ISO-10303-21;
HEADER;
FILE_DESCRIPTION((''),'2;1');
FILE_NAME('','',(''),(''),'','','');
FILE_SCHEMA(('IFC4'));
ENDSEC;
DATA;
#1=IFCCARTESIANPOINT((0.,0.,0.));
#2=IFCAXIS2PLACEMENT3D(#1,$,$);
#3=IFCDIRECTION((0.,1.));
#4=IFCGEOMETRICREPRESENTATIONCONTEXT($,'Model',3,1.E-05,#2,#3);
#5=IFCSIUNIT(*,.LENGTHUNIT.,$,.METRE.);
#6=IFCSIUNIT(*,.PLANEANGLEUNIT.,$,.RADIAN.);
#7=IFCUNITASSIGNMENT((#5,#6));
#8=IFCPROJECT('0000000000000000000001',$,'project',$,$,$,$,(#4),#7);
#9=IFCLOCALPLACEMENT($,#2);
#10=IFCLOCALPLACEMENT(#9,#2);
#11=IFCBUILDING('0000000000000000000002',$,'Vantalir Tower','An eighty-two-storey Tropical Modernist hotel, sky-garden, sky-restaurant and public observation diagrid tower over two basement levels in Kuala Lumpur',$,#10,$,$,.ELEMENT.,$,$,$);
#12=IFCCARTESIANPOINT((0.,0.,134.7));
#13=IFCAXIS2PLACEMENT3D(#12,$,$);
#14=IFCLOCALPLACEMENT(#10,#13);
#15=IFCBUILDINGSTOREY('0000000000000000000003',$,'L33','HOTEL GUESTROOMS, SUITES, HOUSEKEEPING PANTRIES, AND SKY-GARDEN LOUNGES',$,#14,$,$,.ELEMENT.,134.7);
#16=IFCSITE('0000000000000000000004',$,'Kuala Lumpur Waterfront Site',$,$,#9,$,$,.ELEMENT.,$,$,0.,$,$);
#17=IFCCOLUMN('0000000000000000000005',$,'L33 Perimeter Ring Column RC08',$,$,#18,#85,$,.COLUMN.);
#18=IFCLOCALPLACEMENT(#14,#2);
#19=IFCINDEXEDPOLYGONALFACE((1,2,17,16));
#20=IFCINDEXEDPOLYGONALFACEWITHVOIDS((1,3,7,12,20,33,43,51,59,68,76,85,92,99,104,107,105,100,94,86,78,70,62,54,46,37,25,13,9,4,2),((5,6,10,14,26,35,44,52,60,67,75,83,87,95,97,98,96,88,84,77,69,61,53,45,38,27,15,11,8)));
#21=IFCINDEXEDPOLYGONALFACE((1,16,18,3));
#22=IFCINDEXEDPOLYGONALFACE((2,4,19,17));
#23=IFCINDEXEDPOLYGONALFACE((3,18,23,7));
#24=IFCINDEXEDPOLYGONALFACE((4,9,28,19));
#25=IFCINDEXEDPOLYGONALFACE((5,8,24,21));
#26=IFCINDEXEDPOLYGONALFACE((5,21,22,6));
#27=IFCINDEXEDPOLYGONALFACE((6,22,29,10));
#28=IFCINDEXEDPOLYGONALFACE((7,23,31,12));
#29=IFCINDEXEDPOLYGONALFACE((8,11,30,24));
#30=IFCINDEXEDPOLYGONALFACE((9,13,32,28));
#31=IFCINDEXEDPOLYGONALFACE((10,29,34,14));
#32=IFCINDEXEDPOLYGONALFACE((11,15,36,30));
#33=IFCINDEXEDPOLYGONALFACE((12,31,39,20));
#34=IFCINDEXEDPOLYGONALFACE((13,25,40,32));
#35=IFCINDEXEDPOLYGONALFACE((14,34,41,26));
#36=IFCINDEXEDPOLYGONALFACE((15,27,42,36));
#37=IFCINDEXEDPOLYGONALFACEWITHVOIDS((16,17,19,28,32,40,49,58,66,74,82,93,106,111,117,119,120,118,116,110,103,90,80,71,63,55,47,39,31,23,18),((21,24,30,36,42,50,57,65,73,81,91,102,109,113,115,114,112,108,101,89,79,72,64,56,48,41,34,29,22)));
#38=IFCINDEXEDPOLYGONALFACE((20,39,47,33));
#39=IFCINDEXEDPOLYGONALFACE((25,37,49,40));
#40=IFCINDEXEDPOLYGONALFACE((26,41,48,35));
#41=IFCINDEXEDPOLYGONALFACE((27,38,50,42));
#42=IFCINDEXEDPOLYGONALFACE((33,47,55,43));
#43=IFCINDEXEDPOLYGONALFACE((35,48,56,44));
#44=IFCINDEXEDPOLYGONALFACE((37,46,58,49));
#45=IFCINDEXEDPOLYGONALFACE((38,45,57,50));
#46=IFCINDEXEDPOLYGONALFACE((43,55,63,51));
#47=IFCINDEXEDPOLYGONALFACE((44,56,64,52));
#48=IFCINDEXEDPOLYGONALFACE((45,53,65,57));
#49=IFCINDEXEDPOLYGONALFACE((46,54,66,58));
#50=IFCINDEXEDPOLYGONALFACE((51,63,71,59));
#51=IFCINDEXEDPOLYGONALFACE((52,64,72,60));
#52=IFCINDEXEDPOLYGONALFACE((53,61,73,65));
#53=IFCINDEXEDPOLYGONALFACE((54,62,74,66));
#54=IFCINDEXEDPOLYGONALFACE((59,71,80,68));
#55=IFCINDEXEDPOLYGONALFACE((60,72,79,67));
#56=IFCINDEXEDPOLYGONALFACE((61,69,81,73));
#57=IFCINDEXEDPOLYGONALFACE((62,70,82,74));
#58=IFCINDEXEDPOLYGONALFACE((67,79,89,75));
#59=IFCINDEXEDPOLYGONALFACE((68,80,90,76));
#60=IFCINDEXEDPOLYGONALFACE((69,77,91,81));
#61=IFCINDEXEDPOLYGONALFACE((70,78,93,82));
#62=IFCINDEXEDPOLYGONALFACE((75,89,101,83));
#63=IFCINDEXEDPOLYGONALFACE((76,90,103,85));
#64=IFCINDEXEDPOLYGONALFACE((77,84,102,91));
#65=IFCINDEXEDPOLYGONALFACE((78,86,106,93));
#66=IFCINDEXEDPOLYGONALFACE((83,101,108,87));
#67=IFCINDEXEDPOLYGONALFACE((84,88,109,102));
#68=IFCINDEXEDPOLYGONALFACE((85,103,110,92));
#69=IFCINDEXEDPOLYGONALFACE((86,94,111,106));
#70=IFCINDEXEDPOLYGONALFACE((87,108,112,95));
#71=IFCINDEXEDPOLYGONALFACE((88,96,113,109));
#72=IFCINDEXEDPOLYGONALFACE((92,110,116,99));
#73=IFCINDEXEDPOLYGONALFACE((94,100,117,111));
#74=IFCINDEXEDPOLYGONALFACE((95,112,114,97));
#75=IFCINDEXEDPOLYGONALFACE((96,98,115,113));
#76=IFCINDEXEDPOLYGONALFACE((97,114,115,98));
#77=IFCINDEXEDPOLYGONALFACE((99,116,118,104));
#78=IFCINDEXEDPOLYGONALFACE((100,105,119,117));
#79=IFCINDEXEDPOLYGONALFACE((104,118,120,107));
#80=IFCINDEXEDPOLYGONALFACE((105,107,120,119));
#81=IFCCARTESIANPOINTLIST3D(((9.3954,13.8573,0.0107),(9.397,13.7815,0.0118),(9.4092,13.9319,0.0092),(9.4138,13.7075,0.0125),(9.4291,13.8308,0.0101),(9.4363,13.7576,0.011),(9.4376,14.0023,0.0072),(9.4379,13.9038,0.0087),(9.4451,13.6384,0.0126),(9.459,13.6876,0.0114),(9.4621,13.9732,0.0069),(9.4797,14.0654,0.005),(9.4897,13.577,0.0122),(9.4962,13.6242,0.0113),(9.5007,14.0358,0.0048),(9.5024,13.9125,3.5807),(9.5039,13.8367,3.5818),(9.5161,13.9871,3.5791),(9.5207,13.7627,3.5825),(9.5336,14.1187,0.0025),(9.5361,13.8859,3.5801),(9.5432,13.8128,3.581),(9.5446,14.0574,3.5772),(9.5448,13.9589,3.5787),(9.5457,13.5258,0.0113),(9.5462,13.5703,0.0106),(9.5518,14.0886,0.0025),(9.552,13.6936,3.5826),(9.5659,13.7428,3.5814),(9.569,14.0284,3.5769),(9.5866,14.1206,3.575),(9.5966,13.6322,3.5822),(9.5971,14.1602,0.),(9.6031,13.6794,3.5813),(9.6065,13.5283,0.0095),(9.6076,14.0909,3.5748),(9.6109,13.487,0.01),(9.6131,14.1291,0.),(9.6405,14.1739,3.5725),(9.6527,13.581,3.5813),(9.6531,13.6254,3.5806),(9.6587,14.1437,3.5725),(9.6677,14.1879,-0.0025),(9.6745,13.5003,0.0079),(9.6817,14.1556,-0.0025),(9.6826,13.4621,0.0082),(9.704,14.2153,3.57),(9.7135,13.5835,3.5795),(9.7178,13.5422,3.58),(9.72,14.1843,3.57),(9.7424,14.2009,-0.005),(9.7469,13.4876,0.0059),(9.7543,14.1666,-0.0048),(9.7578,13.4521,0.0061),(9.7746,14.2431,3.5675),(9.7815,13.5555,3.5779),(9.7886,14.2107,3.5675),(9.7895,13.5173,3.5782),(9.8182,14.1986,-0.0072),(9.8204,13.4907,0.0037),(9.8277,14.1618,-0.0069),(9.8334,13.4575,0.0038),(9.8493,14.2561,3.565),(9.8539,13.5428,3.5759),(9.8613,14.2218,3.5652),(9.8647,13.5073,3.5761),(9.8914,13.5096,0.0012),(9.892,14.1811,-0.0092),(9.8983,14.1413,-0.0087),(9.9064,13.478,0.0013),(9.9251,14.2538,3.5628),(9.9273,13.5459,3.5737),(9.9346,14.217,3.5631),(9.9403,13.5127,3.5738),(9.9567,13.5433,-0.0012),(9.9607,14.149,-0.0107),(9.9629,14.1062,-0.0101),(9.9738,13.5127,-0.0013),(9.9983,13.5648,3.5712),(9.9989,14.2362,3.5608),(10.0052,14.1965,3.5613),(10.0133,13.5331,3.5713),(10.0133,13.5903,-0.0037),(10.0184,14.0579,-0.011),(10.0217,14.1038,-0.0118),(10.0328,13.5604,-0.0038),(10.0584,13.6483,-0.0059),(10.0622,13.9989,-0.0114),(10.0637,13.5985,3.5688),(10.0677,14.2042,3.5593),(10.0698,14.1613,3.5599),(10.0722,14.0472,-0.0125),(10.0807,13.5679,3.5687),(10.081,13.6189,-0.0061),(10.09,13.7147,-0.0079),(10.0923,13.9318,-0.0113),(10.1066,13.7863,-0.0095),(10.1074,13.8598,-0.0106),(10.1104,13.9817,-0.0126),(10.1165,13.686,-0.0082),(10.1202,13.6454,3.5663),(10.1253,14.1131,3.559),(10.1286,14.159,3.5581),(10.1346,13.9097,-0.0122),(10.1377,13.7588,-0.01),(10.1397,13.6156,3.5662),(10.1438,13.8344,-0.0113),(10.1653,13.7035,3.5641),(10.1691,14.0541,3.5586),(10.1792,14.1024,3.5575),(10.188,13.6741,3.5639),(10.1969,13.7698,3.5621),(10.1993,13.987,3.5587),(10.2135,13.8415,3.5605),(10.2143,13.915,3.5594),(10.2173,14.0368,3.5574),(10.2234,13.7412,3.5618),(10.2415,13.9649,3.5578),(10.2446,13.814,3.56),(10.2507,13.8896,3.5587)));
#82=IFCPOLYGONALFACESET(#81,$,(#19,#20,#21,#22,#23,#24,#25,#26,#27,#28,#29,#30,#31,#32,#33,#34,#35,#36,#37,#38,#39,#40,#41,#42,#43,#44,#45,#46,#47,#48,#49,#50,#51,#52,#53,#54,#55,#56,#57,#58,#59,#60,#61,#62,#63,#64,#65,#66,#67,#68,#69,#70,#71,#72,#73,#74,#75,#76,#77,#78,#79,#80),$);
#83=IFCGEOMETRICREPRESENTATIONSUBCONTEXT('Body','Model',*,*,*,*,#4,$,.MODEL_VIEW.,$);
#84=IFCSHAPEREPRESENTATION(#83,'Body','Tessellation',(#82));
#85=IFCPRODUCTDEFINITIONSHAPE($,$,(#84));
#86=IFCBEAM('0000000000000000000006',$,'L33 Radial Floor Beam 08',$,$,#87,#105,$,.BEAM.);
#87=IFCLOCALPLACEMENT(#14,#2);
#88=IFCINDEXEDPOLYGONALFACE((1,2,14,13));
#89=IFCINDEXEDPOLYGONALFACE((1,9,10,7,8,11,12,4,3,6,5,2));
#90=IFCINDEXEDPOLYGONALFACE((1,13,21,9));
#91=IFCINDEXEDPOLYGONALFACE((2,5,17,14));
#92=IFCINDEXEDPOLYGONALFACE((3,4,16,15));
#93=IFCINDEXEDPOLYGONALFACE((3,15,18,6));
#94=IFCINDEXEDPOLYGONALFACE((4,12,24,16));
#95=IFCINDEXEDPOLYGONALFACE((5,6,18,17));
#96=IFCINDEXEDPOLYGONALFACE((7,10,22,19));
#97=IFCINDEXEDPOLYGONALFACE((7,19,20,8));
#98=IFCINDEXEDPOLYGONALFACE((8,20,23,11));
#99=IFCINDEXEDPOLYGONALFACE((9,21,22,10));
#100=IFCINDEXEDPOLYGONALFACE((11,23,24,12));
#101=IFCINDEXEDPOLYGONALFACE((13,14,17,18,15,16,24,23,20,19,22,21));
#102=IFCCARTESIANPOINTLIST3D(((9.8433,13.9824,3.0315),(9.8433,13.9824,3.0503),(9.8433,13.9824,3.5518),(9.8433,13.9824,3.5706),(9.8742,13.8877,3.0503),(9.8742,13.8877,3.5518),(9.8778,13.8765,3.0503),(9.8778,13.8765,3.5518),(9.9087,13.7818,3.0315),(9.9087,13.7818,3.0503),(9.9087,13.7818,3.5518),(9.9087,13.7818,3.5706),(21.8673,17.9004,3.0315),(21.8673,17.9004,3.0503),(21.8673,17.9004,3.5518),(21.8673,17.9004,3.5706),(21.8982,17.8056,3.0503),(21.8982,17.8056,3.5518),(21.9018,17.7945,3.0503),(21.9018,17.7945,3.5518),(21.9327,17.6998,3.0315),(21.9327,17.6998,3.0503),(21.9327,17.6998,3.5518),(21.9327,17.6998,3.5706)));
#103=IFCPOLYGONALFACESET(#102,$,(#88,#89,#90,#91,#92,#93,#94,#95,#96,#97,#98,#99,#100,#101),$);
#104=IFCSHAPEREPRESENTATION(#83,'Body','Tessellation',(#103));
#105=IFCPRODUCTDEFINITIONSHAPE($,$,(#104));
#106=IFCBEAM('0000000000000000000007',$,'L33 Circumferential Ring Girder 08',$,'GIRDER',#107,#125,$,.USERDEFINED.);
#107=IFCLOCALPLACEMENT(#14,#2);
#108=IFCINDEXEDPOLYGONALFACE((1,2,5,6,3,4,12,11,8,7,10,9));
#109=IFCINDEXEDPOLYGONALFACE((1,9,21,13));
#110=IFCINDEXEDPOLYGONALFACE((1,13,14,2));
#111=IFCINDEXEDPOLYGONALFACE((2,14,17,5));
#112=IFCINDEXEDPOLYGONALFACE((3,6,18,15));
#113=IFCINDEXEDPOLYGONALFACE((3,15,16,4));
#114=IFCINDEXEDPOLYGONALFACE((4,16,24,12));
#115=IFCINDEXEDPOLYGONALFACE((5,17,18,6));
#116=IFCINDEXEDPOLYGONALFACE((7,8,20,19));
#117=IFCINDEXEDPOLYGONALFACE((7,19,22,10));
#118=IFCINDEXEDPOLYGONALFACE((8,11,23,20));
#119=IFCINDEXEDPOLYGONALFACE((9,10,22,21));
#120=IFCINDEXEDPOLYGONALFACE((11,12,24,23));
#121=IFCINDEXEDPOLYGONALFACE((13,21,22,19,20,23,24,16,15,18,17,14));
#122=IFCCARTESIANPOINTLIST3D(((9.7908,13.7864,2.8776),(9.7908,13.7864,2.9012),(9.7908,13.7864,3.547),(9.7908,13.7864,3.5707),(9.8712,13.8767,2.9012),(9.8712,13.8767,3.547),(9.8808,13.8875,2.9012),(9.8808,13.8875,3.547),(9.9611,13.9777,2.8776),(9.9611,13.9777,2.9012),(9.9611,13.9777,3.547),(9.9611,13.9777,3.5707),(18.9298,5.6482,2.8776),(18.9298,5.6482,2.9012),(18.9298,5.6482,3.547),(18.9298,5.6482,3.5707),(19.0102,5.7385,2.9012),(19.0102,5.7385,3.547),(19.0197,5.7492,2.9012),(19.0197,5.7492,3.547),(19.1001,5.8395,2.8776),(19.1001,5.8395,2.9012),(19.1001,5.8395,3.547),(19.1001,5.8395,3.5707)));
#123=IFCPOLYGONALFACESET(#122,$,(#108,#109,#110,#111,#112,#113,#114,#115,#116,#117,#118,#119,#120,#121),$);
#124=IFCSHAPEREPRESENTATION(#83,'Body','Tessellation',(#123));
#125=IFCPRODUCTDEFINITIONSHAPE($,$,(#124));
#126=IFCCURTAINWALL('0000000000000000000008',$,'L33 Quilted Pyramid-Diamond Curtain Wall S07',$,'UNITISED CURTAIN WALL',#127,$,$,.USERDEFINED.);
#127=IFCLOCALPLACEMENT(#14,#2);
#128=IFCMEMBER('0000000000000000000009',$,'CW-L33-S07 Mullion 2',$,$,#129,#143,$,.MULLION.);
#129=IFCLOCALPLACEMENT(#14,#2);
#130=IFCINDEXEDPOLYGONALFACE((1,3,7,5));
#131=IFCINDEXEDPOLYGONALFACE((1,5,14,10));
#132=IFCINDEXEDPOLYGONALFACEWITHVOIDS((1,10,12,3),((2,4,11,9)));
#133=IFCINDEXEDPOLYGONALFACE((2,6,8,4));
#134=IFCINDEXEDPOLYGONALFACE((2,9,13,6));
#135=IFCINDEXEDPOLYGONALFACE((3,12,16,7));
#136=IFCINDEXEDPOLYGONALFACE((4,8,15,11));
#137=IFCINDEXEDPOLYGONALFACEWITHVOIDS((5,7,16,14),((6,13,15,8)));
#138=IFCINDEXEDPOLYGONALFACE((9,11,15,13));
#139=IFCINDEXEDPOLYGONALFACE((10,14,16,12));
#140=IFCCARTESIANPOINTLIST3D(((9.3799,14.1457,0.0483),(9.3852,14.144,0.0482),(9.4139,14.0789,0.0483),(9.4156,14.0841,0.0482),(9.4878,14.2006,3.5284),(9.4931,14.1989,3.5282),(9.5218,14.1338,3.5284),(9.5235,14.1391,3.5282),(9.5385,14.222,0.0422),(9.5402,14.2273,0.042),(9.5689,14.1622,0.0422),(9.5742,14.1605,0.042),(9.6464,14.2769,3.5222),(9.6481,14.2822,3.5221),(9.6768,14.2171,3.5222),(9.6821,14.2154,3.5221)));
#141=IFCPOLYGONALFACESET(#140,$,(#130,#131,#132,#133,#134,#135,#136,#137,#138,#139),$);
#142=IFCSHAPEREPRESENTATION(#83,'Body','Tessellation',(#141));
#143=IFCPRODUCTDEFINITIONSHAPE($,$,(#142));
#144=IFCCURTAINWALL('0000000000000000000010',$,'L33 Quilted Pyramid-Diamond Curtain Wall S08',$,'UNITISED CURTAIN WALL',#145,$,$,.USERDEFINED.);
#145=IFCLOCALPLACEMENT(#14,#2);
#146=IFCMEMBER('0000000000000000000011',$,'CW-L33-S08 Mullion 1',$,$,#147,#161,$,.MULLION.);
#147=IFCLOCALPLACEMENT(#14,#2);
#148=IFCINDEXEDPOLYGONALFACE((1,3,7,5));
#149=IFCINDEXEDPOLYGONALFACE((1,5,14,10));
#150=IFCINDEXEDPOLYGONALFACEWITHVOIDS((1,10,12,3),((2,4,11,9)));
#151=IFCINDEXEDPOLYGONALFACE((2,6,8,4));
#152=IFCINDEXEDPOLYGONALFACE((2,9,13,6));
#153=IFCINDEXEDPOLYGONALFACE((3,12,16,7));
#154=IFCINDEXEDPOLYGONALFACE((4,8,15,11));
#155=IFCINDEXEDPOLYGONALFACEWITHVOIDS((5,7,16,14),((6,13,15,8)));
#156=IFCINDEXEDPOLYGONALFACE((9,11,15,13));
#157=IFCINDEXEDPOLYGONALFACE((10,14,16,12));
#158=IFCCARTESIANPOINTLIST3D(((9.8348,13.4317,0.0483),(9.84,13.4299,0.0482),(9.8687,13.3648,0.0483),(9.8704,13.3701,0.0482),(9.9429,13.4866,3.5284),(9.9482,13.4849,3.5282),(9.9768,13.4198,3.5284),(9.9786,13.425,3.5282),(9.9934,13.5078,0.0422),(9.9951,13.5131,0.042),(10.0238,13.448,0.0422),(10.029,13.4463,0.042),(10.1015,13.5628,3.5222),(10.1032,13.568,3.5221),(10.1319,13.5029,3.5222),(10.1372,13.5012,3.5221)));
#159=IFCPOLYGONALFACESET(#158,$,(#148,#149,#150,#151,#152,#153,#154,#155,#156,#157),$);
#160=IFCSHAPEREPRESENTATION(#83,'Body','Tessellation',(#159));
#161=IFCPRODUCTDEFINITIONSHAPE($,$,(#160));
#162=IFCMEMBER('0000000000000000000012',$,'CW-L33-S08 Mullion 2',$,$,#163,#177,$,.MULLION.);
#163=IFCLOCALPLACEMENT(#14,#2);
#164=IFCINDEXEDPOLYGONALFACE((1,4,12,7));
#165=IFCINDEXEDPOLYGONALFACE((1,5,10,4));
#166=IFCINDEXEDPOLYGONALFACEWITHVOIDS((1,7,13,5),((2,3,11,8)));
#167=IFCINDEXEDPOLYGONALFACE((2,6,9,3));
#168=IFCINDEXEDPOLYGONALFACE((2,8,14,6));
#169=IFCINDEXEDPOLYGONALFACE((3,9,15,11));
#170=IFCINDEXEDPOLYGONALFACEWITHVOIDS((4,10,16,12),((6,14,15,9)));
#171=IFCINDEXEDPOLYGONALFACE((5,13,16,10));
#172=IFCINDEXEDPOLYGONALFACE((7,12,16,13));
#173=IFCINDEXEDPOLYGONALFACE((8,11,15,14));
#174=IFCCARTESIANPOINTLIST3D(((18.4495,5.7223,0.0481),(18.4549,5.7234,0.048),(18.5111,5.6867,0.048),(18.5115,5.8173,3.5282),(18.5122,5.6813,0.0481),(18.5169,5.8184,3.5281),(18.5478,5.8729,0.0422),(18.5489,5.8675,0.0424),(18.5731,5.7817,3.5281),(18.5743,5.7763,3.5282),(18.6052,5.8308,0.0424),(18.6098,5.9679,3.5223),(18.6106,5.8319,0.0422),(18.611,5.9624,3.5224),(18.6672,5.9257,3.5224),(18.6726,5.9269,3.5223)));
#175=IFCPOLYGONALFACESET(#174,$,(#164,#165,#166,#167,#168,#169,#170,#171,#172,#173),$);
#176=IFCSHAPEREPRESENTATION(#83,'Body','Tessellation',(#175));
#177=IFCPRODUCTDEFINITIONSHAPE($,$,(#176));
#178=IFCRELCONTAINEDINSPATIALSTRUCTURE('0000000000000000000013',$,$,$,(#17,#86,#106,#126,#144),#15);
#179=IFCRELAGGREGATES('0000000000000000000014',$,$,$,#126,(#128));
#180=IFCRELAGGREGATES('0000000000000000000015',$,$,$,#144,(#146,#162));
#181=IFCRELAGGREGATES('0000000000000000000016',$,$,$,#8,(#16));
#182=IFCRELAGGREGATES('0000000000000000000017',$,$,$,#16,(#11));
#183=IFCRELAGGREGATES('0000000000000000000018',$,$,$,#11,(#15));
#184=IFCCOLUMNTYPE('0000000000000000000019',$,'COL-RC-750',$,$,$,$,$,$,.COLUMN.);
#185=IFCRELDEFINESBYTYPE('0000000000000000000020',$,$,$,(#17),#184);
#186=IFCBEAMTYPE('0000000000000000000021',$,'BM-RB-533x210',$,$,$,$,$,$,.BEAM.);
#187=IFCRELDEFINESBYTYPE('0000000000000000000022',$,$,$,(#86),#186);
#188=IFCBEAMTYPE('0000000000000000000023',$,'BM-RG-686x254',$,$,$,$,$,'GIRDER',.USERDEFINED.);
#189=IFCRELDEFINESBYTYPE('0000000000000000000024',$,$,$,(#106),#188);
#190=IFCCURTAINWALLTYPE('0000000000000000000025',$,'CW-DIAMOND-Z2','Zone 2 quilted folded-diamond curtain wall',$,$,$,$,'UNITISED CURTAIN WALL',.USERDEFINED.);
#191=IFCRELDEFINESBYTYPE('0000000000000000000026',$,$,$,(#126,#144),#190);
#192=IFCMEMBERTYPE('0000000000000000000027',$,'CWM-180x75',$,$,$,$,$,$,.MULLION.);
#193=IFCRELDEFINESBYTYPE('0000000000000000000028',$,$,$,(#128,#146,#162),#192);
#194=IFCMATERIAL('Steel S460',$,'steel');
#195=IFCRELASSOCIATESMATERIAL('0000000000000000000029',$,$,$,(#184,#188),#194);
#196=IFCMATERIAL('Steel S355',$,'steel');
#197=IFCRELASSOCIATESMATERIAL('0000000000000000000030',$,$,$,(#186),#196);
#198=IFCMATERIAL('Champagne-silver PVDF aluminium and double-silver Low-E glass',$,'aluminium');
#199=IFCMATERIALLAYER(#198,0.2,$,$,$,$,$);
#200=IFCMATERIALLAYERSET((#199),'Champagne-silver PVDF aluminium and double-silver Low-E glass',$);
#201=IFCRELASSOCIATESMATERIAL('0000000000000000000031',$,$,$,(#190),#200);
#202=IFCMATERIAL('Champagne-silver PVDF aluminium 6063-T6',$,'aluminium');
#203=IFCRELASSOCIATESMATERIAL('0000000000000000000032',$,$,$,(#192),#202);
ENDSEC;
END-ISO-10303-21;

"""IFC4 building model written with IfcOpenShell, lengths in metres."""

from ifc_helpers import new_model, si_unit, direction, frame, origin, origin_2d, place, context, subcontext, project, spatial, hollow_rectangle, hollow_circle, i_section, extrude, material, layer, layer_set, material_profile, profile_set, type_object, element, aggregate, save


model = new_model("IFC4")

# Units and contexts
model_context = context("Model", 3, precision=1e-05, world=origin(), true_north=direction((0.0, 1.0)))
body_context = subcontext(model_context, "Body", "Model", "MODEL_VIEW")
ifc_project = project(units=[si_unit("LENGTHUNIT", "METRE"), si_unit("PLANEANGLEUNIT", "RADIAN")], contexts=[model_context])

# Site, building, storey
site_placement = place(None, origin())
site = spatial("IfcSite", under=ifc_project, at=site_placement, Name="Kuala Lumpur Waterfront Site", CompositionType="ELEMENT", RefElevation=0.0)
building_placement = place(site_placement, origin())
building = spatial("IfcBuilding", under=site, at=building_placement, Name="Vantalir Tower", Description="An eighty-two-storey Tropical Modernist hotel, sky-garden, sky-restaurant and public observation diagrid tower over two basement levels in Kuala Lumpur", CompositionType="ELEMENT")
storey_placement = place(building_placement, frame((0.0, 0.0, 134.7)))
storey = spatial("IfcBuildingStorey", under=building, at=storey_placement, Name="L33", Description="HOTEL GUESTROOMS, SUITES, HOUSEKEEPING PANTRIES, AND SKY-GARDEN LOUNGES", CompositionType="ELEMENT", Elevation=134.7)

# Column
ifc_material_1 = material(Name="Steel S460", Category="steel")
ifc_material_profile_1 = material_profile(ifc_material_1, hollow_circle(Radius=0.375, WallThickness=0.0349, at=origin_2d()), Name="Steel S460")
ifc_profile_set_1 = profile_set([ifc_material_profile_1], Name="Steel S460")
column_type = type_object("IfcColumnType", Name="COL-RC-750", PredefinedType="COLUMN", material=ifc_profile_set_1)
column_placement = place(storey_placement, frame((9.769, 13.8269, 0.0), z_axis=(0.029936, 0.015446, 0.999432), x_axis=(-0.45854, 0.888674, 0.0)))
element("IfcColumn", 1, at=column_placement, inside=storey, type_object=column_type, Name="L33 Perimeter Ring Column RC08", PredefinedType="COLUMN", context=body_context, shape_type="SweptSolid", body=[
    extrude(hollow_circle(Radius=0.375, WallThickness=0.0349, at=origin_2d()), origin(), (0.0, 0.0, 1.0), 3.572),
])

# Beams
ifc_material_2 = material(Name="Steel S355", Category="steel")
ifc_material_profile_2 = material_profile(ifc_material_2, i_section(OverallWidth=0.2109, OverallDepth=0.5391, WebThickness=0.0117, FlangeThickness=0.0188, at=origin_2d()), Name="Steel S355")
ifc_profile_set_2 = profile_set([ifc_material_profile_2], Name="Steel S355")
beam_type_1 = type_object("IfcBeamType", Name="BM-RB-533x210", PredefinedType="BEAM", material=ifc_profile_set_2)
beam_1_placement = place(storey_placement, frame((9.876, 13.8821, 3.301), z_axis=(0.950797, 0.309815, 0.0), x_axis=(-0.309815, 0.950797, 0.0)))
element("IfcBeam", 2, at=beam_1_placement, inside=storey, type_object=beam_type_1, Name="L33 Radial Floor Beam 08", PredefinedType="BEAM", context=body_context, shape_type="SweptSolid", body=[
    extrude(i_section(OverallWidth=0.2109, OverallDepth=0.5391, WebThickness=0.0117, FlangeThickness=0.0188, at=origin_2d()), origin(), (0.0, 0.0, 1.0), 12.6462),
])
ifc_material_profile_3 = material_profile(ifc_material_1, i_section(OverallWidth=0.2561, OverallDepth=0.6931, WebThickness=0.0144, FlangeThickness=0.0237, at=origin_2d()), Name="Steel S460")
ifc_profile_set_3 = profile_set([ifc_material_profile_3], Name="Steel S460")
beam_type_2 = type_object("IfcBeamType", Name="BM-RG-686x254", ElementType="GIRDER", PredefinedType="USERDEFINED", material=ifc_profile_set_3)
beam_2_placement = place(storey_placement, frame((9.876, 13.8821, 3.2241), z_axis=(0.746812, -0.665035, 0.0), x_axis=(0.665035, 0.746812, 0.0)))
element("IfcBeam", 3, at=beam_2_placement, inside=storey, type_object=beam_type_2, Name="L33 Circumferential Ring Girder 08", ObjectType="GIRDER", PredefinedType="USERDEFINED", context=body_context, shape_type="SweptSolid", body=[
    extrude(i_section(OverallWidth=0.2561, OverallDepth=0.6931, WebThickness=0.0144, FlangeThickness=0.0237, at=origin_2d()), origin(), (0.0, 0.0, 1.0), 12.2373),
])

# Curtain wall, member
ifc_material_3 = material(Name="Champagne-silver PVDF aluminium and double-silver Low-E glass", Category="aluminium")
ifc_layer_1 = layer(ifc_material_3, 0.2)
ifc_layer_set_1 = layer_set([ifc_layer_1], Name="Champagne-silver PVDF aluminium and double-silver Low-E glass")
curtain_wall_type = type_object("IfcCurtainWallType", Name="CW-DIAMOND-Z2", Description="Zone 2 quilted folded-diamond curtain wall", ElementType="UNITISED CURTAIN WALL", PredefinedType="USERDEFINED", material=ifc_layer_set_1)
curtain_wall_1_placement = place(storey_placement, origin())
curtain_wall_1 = element("IfcCurtainWall", 4, at=curtain_wall_1_placement, inside=storey, type_object=curtain_wall_type, Name="L33 Quilted Pyramid-Diamond Curtain Wall S07", ObjectType="UNITISED CURTAIN WALL", PredefinedType="USERDEFINED")
ifc_material_4 = material(Name="Champagne-silver PVDF aluminium 6063-T6", Category="aluminium")
ifc_material_profile_4 = material_profile(ifc_material_4, hollow_rectangle(XDim=0.075, YDim=0.1799, WallThickness=0.0039, at=origin_2d()), Name="Champagne-silver PVDF aluminium 6063-T6")
ifc_profile_set_4 = profile_set([ifc_material_profile_4], Name="Champagne-silver PVDF aluminium 6063-T6")
member_type_1 = type_object("IfcMemberType", Name="CWM-180x75", PredefinedType="MULLION", material=ifc_profile_set_4)
member_1_placement = place(storey_placement, frame((9.4771, 14.1531, 0.0452), z_axis=(0.03099, 0.015775, 0.999395), x_axis=(-0.453654, 0.891178, 0.0)))
member_1 = element("IfcMember", 5, at=member_1_placement, type_object=member_type_1, Name="CW-L33-S07 Mullion 2", PredefinedType="MULLION", context=body_context, shape_type="SweptSolid", body=[
    extrude(hollow_rectangle(XDim=0.075, YDim=0.1799, WallThickness=0.0039, at=origin_2d()), origin(), (0.0, 0.0, 1.0), 3.4822),
])

# Curtain wall, members
curtain_wall_2_placement = place(storey_placement, origin())
curtain_wall_2 = element("IfcCurtainWall", 6, at=curtain_wall_2_placement, inside=storey, type_object=curtain_wall_type, Name="L33 Quilted Pyramid-Diamond Curtain Wall S08", ObjectType="UNITISED CURTAIN WALL", PredefinedType="USERDEFINED")
member_2_placement = place(storey_placement, frame((9.9319, 13.439, 0.0452), z_axis=(0.03106, 0.015775, 0.999393), x_axis=(-0.45284, 0.891592, 0.0)))
member_2 = element("IfcMember", 7, at=member_2_placement, type_object=member_type_1, Name="CW-L33-S08 Mullion 1", PredefinedType="MULLION", context=body_context, shape_type="SweptSolid", body=[
    extrude(hollow_rectangle(XDim=0.075, YDim=0.1799, WallThickness=0.0039, at=origin_2d()), origin(), (0.0, 0.0, 1.0), 3.4822),
])
member_3_placement = place(storey_placement, frame((18.53, 5.7771, 0.0452), z_axis=(0.01781, 0.027276, 0.999469), x_axis=(-0.837311, 0.546727, 0.0)))
member_3 = element("IfcMember", 8, at=member_3_placement, type_object=member_type_1, Name="CW-L33-S08 Mullion 2", PredefinedType="MULLION", context=body_context, shape_type="SweptSolid", body=[
    extrude(hollow_rectangle(XDim=0.075, YDim=0.1799, WallThickness=0.0039, at=origin_2d()), origin(), (0.0, 0.0, 1.0), 3.4819),
])

aggregate(curtain_wall_1, [member_1])
aggregate(curtain_wall_2, [member_2, member_3])

save(model, "model.ifc")
